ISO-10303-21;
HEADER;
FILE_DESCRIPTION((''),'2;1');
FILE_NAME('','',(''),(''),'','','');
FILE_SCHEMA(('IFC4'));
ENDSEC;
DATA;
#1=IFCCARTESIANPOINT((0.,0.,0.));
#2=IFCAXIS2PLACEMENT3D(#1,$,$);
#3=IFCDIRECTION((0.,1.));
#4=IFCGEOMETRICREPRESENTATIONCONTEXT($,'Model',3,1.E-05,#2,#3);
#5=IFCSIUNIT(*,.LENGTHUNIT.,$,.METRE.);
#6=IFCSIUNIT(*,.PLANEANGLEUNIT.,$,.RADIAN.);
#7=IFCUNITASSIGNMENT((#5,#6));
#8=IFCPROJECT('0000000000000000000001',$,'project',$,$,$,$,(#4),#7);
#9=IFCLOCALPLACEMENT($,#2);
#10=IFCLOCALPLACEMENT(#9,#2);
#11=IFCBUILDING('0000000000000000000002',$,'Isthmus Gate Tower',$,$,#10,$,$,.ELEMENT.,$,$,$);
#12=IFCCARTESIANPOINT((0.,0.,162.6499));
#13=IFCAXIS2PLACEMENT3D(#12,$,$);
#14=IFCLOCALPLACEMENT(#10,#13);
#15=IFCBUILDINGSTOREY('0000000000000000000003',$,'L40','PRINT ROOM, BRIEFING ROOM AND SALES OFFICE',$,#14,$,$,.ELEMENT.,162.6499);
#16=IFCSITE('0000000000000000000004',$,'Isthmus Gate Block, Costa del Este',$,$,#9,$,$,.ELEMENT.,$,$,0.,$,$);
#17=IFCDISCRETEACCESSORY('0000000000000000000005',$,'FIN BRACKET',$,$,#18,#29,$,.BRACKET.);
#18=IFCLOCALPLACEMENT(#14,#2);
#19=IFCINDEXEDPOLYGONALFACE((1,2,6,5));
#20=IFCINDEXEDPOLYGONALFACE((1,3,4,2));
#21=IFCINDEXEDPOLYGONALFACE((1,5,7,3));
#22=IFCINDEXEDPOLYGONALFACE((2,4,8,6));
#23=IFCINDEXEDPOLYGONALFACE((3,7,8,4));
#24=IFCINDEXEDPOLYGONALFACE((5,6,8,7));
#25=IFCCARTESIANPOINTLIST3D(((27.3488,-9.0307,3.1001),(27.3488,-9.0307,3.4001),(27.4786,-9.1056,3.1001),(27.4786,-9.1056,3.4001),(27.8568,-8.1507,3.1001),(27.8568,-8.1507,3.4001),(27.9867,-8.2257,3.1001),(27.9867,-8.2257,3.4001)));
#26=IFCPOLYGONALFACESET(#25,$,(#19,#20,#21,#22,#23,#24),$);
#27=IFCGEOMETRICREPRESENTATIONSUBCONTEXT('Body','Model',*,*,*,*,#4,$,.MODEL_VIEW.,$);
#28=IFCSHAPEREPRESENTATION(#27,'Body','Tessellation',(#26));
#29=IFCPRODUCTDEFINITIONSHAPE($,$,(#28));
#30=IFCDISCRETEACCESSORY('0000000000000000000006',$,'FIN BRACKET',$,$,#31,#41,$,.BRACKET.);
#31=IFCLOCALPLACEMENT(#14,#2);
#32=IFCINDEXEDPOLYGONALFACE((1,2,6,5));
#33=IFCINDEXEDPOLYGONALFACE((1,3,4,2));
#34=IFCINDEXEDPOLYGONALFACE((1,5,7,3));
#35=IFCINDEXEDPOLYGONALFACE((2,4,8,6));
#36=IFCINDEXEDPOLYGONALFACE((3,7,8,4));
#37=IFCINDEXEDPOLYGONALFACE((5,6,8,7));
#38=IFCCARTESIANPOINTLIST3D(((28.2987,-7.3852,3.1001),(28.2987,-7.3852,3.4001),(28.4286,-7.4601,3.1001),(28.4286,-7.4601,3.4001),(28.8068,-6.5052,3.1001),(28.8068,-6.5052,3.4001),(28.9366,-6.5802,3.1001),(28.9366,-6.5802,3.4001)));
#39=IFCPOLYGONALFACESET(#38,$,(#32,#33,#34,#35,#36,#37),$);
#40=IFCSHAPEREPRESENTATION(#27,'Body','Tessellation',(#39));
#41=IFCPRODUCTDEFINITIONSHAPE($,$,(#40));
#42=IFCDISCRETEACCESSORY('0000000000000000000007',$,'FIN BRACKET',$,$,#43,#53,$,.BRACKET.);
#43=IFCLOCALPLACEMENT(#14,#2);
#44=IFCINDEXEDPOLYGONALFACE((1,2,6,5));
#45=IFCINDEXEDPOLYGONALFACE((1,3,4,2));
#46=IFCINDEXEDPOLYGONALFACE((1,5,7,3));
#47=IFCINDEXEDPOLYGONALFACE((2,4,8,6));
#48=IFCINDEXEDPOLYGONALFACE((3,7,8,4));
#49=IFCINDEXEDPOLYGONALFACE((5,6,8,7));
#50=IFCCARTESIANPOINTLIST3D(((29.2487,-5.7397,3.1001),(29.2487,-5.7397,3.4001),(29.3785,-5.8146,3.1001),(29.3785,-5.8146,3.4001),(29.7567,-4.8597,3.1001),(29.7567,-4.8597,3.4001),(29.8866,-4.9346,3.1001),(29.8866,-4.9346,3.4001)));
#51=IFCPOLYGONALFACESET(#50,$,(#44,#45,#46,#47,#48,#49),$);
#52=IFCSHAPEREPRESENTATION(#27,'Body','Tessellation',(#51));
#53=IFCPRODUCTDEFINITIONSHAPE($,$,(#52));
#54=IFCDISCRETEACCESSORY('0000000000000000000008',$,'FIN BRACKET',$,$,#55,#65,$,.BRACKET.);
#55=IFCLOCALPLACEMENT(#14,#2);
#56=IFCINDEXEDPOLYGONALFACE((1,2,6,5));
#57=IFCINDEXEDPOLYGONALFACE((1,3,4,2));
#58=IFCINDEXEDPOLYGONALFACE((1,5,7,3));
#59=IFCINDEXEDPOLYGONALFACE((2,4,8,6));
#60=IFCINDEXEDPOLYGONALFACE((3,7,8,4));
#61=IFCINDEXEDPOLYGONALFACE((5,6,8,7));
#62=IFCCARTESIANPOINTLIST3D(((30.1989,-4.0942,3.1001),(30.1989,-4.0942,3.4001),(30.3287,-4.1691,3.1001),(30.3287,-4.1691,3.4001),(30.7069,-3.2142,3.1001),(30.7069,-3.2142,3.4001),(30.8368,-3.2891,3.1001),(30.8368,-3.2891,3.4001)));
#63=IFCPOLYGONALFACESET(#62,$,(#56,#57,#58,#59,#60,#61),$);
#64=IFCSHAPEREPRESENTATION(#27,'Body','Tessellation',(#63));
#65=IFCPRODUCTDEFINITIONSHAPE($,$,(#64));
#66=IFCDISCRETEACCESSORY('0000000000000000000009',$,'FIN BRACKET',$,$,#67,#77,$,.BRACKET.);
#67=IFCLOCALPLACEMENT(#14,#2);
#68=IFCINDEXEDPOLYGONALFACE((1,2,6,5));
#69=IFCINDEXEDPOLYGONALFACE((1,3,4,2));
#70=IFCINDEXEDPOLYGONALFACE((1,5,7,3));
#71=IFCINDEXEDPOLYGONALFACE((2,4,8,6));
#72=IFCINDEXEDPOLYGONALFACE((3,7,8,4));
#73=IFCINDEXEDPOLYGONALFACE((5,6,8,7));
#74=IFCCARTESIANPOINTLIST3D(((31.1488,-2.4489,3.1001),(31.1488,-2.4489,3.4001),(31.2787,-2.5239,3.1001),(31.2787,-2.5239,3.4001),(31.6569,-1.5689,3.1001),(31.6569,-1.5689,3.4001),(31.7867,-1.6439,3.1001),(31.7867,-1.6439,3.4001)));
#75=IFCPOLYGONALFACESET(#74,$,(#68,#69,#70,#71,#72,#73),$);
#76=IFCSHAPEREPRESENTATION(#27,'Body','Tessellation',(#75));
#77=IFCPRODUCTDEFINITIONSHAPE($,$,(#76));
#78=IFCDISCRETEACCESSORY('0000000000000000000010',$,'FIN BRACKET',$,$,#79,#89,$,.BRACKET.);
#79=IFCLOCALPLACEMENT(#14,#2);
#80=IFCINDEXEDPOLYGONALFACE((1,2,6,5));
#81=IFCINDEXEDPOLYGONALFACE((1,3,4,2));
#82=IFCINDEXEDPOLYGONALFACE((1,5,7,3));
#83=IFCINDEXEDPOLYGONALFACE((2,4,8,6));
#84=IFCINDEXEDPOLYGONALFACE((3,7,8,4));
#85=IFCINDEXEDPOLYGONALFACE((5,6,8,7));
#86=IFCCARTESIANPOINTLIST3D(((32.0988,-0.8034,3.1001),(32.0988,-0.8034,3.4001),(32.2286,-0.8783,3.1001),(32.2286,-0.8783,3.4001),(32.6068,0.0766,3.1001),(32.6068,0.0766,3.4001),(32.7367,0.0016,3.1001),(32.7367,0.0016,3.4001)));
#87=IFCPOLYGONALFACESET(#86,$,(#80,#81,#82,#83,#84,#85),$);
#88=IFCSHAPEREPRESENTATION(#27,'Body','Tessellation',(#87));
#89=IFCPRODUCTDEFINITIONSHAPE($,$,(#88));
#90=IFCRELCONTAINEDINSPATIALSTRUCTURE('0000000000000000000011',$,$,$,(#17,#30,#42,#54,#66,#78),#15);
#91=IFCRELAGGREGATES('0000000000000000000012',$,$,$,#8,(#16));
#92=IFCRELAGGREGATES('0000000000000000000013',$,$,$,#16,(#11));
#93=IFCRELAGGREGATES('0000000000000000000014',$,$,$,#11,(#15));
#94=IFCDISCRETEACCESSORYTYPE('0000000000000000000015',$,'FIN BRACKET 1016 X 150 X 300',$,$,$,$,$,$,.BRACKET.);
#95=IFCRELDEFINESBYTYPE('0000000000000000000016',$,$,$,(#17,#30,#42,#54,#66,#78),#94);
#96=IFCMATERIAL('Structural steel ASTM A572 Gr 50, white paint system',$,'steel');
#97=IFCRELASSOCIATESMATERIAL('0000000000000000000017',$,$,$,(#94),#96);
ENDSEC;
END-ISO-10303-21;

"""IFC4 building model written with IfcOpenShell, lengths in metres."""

from ifc_helpers import new_model, si_unit, direction, frame, origin, origin_2d, place, context, subcontext, project, spatial, rectangle, extrude, material, type_object, element, save


model = new_model("IFC4")

# Units and contexts
model_context = context("Model", 3, precision=1e-05, world=origin(), true_north=direction((0.0, 1.0)))
body_context = subcontext(model_context, "Body", "Model", "MODEL_VIEW")
ifc_project = project(units=[si_unit("LENGTHUNIT", "METRE"), si_unit("PLANEANGLEUNIT", "RADIAN")], contexts=[model_context])

# Site, building, storey
site_placement = place(None, origin())
site = spatial("IfcSite", under=ifc_project, at=site_placement, Name="Isthmus Gate Block, Costa del Este", CompositionType="ELEMENT", RefElevation=0.0)
building_placement = place(site_placement, origin())
building = spatial("IfcBuilding", under=site, at=building_placement, Name="Isthmus Gate Tower", CompositionType="ELEMENT")
storey_placement = place(building_placement, frame((0.0, 0.0, 162.6499)))
storey = spatial("IfcBuildingStorey", under=building, at=storey_placement, Name="L40", Description="PRINT ROOM, BRIEFING ROOM AND SALES OFFICE", CompositionType="ELEMENT", Elevation=162.6499)

# Discrete accessories
ifc_material_1 = material(Name="Structural steel ASTM A572 Gr 50, white paint system", Category="steel")
discrete_accessory_type = type_object("IfcDiscreteAccessoryType", Name="FIN BRACKET 1016 X 150 X 300", PredefinedType="BRACKET", material=ifc_material_1)
for number, where, z_axis, x_axis, name in (
    (1, (27.6677, -8.6282, 3.1001), (0.0, 0.0, 1.0), (0.866025, -0.5, 0.0), "FIN BRACKET"),
    (2, (28.6177, -6.9827, 3.1001), (0.0, 0.0, 1.0), (0.866025, -0.5, 0.0), "FIN BRACKET"),
    (3, (29.5676, -5.3372, 3.1001), (0.0, 0.0, 1.0), (0.866025, -0.5, 0.0), "FIN BRACKET"),
    (4, (30.5178, -3.6917, 3.1001), (0.0, 0.0, 1.0), (0.866025, -0.5, 0.0), "FIN BRACKET"),
    (5, (31.4678, -2.0464, 3.1001), (0.0, 0.0, 1.0), (0.866025, -0.5, 0.0), "FIN BRACKET"),
    (6, (32.4177, -0.4009, 3.1001), (0.0, 0.0, 1.0), (0.866025, -0.5, 0.0), "FIN BRACKET"),
):
    element("IfcDiscreteAccessory", number, at=place(storey_placement, frame(where, z_axis=z_axis, x_axis=x_axis)), inside=storey, type_object=discrete_accessory_type, Name=name, PredefinedType="BRACKET", context=body_context, shape_type="SweptSolid", body=[
        extrude(rectangle(XDim=0.1499, YDim=1.0161, at=origin_2d()), origin(), (0.0, 0.0, 1.0), 0.3),
    ])

save(model, "model.ifc")
